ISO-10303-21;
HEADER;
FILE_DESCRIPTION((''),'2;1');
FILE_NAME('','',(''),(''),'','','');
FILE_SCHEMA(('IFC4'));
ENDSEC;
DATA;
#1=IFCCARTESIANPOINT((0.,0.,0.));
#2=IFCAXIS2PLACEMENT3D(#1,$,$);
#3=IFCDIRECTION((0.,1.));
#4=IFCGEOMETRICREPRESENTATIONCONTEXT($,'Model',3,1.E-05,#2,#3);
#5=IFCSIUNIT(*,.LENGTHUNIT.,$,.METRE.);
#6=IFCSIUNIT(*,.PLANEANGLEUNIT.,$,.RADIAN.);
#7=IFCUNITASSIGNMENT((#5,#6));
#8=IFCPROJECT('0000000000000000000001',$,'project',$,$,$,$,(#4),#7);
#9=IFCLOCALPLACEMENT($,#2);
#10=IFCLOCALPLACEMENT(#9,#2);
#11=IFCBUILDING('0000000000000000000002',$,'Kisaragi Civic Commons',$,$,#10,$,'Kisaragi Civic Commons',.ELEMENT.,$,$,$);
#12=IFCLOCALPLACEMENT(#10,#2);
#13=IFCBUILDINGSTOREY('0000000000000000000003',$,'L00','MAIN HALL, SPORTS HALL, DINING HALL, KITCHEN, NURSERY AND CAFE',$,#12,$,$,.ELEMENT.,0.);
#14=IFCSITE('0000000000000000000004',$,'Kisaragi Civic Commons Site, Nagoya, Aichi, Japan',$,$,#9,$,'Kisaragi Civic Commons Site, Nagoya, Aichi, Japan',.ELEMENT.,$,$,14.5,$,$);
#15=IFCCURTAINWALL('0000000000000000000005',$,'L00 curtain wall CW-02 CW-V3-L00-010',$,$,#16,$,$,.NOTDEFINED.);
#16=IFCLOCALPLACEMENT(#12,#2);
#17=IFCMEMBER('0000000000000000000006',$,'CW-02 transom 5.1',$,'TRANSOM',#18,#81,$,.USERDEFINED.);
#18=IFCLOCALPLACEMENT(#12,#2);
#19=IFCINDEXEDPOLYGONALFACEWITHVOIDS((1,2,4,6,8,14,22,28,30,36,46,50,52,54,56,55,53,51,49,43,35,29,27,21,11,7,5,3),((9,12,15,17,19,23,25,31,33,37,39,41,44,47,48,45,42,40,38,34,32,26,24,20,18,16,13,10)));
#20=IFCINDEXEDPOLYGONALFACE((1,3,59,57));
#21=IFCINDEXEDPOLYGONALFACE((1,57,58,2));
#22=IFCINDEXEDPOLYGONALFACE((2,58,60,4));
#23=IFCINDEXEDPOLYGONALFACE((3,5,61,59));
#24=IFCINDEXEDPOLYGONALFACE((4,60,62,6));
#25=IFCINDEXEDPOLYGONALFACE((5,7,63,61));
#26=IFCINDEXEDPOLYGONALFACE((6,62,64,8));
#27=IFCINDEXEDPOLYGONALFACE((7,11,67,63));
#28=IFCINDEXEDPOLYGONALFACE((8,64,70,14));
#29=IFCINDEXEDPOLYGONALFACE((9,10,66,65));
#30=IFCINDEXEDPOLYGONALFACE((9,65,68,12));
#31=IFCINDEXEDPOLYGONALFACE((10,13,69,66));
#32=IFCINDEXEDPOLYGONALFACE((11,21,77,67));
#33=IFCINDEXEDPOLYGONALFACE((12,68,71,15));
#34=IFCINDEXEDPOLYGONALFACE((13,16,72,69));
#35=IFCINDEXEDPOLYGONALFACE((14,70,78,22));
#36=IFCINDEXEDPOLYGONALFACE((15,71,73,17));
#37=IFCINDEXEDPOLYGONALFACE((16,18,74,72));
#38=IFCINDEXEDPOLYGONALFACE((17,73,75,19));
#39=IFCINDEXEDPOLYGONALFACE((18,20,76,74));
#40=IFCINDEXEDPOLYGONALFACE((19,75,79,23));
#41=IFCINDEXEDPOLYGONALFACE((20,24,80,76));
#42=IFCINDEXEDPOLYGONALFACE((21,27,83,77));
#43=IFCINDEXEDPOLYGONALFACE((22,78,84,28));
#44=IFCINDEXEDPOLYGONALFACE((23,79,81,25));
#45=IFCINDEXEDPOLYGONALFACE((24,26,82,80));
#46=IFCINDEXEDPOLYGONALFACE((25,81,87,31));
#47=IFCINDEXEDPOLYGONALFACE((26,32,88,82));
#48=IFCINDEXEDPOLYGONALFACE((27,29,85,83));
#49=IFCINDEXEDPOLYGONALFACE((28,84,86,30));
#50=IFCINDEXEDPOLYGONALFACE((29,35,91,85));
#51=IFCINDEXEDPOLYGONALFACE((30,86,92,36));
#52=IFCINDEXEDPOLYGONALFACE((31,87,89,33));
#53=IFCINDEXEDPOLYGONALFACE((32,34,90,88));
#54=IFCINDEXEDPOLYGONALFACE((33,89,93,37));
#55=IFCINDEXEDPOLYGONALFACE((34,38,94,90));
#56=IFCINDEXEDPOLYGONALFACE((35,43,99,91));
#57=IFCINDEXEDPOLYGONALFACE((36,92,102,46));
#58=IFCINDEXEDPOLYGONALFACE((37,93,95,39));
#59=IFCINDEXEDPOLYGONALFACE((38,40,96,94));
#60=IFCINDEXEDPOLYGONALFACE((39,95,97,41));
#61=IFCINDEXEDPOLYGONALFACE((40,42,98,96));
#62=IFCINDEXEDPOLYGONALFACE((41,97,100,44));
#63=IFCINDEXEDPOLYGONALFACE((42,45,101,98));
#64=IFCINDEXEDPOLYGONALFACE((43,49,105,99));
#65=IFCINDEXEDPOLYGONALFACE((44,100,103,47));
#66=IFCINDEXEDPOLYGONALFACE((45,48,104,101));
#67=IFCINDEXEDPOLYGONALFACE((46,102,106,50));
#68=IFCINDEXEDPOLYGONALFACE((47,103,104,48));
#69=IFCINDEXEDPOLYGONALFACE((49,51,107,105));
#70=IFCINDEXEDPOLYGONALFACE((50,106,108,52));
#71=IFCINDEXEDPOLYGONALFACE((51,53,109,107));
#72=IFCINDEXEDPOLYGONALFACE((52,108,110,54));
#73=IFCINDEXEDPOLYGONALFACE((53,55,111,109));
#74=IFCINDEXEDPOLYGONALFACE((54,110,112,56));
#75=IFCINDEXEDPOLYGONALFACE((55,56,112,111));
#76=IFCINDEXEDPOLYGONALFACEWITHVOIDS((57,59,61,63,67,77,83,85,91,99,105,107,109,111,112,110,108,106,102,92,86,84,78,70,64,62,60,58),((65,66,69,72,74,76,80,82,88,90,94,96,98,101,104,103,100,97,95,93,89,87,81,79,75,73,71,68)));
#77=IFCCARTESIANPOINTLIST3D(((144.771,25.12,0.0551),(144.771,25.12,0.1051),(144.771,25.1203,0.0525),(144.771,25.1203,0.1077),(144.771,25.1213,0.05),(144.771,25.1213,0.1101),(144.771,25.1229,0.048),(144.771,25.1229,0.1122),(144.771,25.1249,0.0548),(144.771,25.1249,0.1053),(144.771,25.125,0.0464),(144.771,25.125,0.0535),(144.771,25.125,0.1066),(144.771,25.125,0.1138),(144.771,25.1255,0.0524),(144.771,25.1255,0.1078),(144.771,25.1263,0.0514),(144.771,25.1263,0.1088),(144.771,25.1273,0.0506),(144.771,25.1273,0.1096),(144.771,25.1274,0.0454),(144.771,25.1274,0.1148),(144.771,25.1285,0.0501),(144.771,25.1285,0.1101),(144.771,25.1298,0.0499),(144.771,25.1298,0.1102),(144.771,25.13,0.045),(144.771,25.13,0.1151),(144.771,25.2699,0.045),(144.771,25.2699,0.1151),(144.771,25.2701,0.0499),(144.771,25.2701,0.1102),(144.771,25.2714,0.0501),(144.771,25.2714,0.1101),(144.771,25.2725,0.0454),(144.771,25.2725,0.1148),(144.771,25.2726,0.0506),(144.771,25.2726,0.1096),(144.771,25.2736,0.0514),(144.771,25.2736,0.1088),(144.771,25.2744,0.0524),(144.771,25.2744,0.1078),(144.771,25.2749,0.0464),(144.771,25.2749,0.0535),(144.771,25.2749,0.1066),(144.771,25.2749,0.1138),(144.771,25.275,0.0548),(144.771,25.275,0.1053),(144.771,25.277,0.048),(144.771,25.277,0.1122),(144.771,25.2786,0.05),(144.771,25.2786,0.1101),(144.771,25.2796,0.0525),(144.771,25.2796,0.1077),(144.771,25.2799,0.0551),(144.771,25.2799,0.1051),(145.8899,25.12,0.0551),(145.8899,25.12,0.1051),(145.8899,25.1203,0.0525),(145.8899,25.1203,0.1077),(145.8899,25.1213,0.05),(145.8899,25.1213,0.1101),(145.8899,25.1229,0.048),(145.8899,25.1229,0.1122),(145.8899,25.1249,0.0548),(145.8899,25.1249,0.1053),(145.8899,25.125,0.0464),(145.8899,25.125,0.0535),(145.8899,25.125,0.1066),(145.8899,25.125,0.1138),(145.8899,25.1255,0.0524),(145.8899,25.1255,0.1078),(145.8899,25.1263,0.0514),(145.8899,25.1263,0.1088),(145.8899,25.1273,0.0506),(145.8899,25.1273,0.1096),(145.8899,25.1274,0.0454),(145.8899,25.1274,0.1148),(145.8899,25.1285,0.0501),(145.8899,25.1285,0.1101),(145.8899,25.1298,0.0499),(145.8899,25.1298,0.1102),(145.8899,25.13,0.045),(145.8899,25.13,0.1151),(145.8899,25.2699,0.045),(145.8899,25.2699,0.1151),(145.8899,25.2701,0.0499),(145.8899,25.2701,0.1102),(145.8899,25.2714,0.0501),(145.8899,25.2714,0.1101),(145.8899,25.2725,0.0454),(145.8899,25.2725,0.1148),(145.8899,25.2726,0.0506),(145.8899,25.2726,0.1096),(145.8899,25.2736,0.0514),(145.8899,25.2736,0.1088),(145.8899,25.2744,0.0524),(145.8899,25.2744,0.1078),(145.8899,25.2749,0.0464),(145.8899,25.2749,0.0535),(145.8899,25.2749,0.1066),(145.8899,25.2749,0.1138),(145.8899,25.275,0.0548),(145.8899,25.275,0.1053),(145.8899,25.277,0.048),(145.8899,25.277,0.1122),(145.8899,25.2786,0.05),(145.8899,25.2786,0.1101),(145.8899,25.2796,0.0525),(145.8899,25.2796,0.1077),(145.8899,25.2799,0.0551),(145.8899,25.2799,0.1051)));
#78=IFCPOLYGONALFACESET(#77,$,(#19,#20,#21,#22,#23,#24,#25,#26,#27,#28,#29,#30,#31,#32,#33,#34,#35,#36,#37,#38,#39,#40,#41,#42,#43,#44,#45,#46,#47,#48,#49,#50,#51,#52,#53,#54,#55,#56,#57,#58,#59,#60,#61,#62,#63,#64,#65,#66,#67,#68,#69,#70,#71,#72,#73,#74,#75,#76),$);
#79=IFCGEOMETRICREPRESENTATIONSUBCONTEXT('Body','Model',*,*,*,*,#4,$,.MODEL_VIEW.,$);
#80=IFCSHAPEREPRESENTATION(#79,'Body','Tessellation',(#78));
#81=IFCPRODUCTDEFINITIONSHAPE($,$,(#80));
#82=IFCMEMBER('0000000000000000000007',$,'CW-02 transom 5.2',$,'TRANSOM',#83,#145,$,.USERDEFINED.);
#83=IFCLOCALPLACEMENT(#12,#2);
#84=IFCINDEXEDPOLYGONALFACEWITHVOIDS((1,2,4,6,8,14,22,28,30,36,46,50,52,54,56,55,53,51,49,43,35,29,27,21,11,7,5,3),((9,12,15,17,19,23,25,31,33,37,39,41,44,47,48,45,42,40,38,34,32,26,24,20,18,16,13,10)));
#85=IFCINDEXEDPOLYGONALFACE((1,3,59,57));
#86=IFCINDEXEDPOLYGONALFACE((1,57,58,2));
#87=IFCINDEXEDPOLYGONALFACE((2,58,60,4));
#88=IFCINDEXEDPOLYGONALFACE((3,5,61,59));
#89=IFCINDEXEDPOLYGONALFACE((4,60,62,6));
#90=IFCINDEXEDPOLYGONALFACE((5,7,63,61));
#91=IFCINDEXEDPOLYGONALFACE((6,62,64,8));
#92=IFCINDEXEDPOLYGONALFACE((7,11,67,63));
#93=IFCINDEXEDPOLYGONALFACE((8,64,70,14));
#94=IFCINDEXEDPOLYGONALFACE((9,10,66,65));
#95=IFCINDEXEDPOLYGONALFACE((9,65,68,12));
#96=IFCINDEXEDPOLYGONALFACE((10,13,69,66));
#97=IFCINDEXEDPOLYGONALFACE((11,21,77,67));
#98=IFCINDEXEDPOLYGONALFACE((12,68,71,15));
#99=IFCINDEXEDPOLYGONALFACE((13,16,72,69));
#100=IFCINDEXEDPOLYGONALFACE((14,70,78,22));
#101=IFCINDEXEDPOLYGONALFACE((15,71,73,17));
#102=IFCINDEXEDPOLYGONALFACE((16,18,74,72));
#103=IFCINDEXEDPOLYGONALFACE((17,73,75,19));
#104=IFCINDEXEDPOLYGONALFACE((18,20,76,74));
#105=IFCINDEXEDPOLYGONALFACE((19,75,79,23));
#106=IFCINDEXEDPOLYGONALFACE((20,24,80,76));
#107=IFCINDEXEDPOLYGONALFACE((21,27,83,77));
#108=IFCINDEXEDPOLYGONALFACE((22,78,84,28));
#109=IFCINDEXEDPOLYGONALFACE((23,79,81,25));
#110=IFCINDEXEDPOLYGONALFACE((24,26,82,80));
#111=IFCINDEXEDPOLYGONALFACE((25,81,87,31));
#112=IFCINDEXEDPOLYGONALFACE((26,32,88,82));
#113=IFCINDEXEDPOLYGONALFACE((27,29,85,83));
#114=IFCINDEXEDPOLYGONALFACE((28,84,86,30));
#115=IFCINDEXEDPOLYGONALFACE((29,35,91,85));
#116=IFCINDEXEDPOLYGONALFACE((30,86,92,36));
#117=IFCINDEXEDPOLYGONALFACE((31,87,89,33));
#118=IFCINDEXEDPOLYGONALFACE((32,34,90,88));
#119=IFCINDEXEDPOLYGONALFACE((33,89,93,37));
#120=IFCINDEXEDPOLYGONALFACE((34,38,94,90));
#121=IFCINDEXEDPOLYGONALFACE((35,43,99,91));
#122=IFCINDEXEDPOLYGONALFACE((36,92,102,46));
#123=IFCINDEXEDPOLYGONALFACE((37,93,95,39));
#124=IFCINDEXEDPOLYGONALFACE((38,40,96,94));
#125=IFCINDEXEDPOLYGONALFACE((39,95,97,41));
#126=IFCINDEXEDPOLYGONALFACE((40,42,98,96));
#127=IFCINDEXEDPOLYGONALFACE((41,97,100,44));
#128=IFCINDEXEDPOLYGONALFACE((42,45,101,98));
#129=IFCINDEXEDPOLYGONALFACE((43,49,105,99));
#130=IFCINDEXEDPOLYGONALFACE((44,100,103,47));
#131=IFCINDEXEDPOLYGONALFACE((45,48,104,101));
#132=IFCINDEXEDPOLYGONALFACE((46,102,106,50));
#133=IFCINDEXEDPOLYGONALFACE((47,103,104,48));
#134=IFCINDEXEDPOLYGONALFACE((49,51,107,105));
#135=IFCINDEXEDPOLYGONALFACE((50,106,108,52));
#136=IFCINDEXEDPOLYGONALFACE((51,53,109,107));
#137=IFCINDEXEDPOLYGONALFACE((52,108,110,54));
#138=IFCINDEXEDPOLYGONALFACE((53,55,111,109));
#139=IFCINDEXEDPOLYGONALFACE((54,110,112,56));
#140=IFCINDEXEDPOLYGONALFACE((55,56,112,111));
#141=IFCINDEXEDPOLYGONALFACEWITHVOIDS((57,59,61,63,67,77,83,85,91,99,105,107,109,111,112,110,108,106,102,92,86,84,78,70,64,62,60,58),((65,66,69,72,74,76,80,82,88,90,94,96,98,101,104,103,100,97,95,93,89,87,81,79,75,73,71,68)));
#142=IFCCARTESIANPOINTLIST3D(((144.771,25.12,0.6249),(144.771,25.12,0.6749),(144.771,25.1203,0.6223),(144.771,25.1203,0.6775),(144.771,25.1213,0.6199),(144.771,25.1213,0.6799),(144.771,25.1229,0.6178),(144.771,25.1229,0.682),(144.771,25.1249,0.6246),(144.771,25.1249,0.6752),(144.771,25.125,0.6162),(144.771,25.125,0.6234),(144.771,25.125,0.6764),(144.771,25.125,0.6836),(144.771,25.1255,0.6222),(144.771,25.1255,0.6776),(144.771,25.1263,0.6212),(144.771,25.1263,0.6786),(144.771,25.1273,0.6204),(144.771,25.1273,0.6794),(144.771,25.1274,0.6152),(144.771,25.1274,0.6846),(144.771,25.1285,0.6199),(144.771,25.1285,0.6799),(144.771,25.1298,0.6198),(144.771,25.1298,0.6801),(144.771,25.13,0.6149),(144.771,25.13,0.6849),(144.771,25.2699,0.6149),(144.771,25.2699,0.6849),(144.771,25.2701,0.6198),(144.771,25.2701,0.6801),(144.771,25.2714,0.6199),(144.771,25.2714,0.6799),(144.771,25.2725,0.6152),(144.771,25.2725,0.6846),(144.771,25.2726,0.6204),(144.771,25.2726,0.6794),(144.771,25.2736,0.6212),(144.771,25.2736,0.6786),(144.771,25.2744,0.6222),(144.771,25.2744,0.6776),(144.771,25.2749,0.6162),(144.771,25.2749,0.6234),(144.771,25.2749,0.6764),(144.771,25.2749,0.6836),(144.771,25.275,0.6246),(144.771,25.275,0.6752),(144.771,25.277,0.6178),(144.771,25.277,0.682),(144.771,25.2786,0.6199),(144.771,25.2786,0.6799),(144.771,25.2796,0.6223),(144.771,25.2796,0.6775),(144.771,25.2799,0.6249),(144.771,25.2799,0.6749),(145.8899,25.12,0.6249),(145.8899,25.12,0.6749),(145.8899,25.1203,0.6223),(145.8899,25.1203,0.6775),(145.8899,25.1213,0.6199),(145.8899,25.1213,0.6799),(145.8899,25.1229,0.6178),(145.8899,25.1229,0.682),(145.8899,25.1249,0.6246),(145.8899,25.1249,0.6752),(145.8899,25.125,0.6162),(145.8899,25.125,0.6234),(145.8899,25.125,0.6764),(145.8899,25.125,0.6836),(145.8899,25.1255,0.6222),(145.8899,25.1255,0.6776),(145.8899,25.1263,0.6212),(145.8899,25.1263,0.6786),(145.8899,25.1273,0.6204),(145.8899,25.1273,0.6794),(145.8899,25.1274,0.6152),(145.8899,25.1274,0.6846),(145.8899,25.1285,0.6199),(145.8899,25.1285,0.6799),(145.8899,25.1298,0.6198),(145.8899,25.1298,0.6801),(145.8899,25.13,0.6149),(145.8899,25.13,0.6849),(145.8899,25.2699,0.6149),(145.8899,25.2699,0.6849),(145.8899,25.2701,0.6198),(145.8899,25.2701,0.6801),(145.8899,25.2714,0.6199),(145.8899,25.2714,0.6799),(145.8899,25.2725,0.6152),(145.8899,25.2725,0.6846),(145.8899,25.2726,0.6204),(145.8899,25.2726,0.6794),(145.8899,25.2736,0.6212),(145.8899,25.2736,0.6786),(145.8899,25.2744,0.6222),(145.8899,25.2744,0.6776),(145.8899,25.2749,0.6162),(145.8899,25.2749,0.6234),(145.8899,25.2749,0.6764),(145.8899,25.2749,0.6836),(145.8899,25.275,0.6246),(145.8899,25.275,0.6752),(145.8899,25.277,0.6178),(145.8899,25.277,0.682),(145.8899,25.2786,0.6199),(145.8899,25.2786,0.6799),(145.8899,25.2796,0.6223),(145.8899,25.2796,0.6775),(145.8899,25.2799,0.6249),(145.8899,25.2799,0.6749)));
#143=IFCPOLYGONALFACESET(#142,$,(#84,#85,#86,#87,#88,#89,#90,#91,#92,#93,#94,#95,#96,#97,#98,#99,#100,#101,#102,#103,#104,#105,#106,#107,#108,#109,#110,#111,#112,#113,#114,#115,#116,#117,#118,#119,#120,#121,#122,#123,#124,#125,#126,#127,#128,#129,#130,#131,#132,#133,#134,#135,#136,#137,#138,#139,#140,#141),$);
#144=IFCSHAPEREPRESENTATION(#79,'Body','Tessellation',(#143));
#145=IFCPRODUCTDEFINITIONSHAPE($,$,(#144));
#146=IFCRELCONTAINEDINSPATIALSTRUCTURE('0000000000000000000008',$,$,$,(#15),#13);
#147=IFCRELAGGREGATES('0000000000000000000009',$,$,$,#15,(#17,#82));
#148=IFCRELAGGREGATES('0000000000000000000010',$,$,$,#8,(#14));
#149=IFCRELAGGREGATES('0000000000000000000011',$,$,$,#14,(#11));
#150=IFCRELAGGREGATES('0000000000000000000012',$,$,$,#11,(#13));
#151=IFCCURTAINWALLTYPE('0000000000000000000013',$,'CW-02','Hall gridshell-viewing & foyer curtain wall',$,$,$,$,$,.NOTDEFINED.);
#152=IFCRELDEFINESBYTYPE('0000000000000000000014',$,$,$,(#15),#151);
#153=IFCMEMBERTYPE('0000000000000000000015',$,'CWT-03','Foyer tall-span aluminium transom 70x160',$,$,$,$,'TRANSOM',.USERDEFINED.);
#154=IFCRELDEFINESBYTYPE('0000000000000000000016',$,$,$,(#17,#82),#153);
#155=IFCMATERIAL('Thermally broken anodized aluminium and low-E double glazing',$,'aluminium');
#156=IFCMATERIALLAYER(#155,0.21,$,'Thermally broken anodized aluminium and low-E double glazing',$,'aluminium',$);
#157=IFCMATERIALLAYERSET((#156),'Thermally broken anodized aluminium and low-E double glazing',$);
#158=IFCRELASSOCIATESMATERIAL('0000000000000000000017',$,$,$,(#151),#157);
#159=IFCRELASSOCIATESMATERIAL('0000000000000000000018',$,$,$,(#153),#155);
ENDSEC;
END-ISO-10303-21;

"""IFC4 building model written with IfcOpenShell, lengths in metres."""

from ifc_helpers import new_model, si_unit, direction, frame, origin, origin_2d, place, context, subcontext, project, spatial, hollow_rectangle, extrude, material, layer, layer_set, material_profile, profile_set, type_object, element, aggregate, save


model = new_model("IFC4")

# Units and contexts
model_context = context("Model", 3, precision=1e-05, world=origin(), true_north=direction((0.0, 1.0)))
body_context = subcontext(model_context, "Body", "Model", "MODEL_VIEW")
ifc_project = project(units=[si_unit("LENGTHUNIT", "METRE"), si_unit("PLANEANGLEUNIT", "RADIAN")], contexts=[model_context])

# Site, building, storey
site_placement = place(None, origin())
site = spatial("IfcSite", under=ifc_project, at=site_placement, Name="Kisaragi Civic Commons Site, Nagoya, Aichi, Japan", LongName="Kisaragi Civic Commons Site, Nagoya, Aichi, Japan", CompositionType="ELEMENT", RefElevation=14.5)
building_placement = place(site_placement, origin())
building = spatial("IfcBuilding", under=site, at=building_placement, Name="Kisaragi Civic Commons", LongName="Kisaragi Civic Commons", CompositionType="ELEMENT")
storey_placement = place(building_placement, origin())
storey = spatial("IfcBuildingStorey", under=building, at=storey_placement, Name="L00", Description="MAIN HALL, SPORTS HALL, DINING HALL, KITCHEN, NURSERY AND CAFE", CompositionType="ELEMENT", Elevation=0.0)

# Curtain wall, members
ifc_material_1 = material(Name="Thermally broken anodized aluminium and low-E double glazing", Category="aluminium")
ifc_layer_1 = layer(ifc_material_1, 0.21, Name="Thermally broken anodized aluminium and low-E double glazing", Category="aluminium")
ifc_layer_set_1 = layer_set([ifc_layer_1], Name="Thermally broken anodized aluminium and low-E double glazing")
curtain_wall_type = type_object("IfcCurtainWallType", Name="CW-02", Description="Hall gridshell-viewing & foyer curtain wall", PredefinedType="NOTDEFINED", material=ifc_layer_set_1)
curtain_wall_placement = place(storey_placement, origin())
curtain_wall = element("IfcCurtainWall", 1, at=curtain_wall_placement, inside=storey, type_object=curtain_wall_type, Name="L00 curtain wall CW-02 CW-V3-L00-010", PredefinedType="NOTDEFINED")
ifc_material_profile_1 = material_profile(ifc_material_1, hollow_rectangle(XDim=0.1599, YDim=0.0701, WallThickness=0.0049, InnerFilletRadius=0.0049, OuterFilletRadius=0.01, at=origin_2d()), Name="CWT-70x160x5", Category="aluminium")
ifc_profile_set_1 = profile_set([ifc_material_profile_1], Name="Thermally broken anodized aluminium and low-E double glazing")
member_type_1 = type_object("IfcMemberType", Name="CWT-03", Description="Foyer tall-span aluminium transom 70x160", ElementType="TRANSOM", PredefinedType="USERDEFINED", material=ifc_profile_set_1)
member_1_placement = place(storey_placement, frame((144.771, 25.2, 0.0801), z_axis=(1.0, 0.0, 0.0), x_axis=(0.0, 1.0, 0.0)))
member_1 = element("IfcMember", 2, at=member_1_placement, type_object=member_type_1, Name="CW-02 transom 5.1", ObjectType="TRANSOM", PredefinedType="USERDEFINED", context=body_context, shape_type="SweptSolid", body=[
    extrude(hollow_rectangle(XDim=0.1599, YDim=0.0701, WallThickness=0.0049, InnerFilletRadius=0.0049, OuterFilletRadius=0.01, at=origin_2d()), origin(), (0.0, 0.0, 1.0), 1.1189),
])
member_2_placement = place(storey_placement, frame((144.771, 25.2, 0.6499), z_axis=(1.0, 0.0, 0.0), x_axis=(0.0, 1.0, 0.0)))
member_2 = element("IfcMember", 3, at=member_2_placement, type_object=member_type_1, Name="CW-02 transom 5.2", ObjectType="TRANSOM", PredefinedType="USERDEFINED", context=body_context, shape_type="SweptSolid", body=[
    extrude(hollow_rectangle(XDim=0.1599, YDim=0.0701, WallThickness=0.0049, InnerFilletRadius=0.0049, OuterFilletRadius=0.01, at=origin_2d()), origin(), (0.0, 0.0, 1.0), 1.1189),
])

aggregate(curtain_wall, [member_1, member_2])

save(model, "model.ifc")
